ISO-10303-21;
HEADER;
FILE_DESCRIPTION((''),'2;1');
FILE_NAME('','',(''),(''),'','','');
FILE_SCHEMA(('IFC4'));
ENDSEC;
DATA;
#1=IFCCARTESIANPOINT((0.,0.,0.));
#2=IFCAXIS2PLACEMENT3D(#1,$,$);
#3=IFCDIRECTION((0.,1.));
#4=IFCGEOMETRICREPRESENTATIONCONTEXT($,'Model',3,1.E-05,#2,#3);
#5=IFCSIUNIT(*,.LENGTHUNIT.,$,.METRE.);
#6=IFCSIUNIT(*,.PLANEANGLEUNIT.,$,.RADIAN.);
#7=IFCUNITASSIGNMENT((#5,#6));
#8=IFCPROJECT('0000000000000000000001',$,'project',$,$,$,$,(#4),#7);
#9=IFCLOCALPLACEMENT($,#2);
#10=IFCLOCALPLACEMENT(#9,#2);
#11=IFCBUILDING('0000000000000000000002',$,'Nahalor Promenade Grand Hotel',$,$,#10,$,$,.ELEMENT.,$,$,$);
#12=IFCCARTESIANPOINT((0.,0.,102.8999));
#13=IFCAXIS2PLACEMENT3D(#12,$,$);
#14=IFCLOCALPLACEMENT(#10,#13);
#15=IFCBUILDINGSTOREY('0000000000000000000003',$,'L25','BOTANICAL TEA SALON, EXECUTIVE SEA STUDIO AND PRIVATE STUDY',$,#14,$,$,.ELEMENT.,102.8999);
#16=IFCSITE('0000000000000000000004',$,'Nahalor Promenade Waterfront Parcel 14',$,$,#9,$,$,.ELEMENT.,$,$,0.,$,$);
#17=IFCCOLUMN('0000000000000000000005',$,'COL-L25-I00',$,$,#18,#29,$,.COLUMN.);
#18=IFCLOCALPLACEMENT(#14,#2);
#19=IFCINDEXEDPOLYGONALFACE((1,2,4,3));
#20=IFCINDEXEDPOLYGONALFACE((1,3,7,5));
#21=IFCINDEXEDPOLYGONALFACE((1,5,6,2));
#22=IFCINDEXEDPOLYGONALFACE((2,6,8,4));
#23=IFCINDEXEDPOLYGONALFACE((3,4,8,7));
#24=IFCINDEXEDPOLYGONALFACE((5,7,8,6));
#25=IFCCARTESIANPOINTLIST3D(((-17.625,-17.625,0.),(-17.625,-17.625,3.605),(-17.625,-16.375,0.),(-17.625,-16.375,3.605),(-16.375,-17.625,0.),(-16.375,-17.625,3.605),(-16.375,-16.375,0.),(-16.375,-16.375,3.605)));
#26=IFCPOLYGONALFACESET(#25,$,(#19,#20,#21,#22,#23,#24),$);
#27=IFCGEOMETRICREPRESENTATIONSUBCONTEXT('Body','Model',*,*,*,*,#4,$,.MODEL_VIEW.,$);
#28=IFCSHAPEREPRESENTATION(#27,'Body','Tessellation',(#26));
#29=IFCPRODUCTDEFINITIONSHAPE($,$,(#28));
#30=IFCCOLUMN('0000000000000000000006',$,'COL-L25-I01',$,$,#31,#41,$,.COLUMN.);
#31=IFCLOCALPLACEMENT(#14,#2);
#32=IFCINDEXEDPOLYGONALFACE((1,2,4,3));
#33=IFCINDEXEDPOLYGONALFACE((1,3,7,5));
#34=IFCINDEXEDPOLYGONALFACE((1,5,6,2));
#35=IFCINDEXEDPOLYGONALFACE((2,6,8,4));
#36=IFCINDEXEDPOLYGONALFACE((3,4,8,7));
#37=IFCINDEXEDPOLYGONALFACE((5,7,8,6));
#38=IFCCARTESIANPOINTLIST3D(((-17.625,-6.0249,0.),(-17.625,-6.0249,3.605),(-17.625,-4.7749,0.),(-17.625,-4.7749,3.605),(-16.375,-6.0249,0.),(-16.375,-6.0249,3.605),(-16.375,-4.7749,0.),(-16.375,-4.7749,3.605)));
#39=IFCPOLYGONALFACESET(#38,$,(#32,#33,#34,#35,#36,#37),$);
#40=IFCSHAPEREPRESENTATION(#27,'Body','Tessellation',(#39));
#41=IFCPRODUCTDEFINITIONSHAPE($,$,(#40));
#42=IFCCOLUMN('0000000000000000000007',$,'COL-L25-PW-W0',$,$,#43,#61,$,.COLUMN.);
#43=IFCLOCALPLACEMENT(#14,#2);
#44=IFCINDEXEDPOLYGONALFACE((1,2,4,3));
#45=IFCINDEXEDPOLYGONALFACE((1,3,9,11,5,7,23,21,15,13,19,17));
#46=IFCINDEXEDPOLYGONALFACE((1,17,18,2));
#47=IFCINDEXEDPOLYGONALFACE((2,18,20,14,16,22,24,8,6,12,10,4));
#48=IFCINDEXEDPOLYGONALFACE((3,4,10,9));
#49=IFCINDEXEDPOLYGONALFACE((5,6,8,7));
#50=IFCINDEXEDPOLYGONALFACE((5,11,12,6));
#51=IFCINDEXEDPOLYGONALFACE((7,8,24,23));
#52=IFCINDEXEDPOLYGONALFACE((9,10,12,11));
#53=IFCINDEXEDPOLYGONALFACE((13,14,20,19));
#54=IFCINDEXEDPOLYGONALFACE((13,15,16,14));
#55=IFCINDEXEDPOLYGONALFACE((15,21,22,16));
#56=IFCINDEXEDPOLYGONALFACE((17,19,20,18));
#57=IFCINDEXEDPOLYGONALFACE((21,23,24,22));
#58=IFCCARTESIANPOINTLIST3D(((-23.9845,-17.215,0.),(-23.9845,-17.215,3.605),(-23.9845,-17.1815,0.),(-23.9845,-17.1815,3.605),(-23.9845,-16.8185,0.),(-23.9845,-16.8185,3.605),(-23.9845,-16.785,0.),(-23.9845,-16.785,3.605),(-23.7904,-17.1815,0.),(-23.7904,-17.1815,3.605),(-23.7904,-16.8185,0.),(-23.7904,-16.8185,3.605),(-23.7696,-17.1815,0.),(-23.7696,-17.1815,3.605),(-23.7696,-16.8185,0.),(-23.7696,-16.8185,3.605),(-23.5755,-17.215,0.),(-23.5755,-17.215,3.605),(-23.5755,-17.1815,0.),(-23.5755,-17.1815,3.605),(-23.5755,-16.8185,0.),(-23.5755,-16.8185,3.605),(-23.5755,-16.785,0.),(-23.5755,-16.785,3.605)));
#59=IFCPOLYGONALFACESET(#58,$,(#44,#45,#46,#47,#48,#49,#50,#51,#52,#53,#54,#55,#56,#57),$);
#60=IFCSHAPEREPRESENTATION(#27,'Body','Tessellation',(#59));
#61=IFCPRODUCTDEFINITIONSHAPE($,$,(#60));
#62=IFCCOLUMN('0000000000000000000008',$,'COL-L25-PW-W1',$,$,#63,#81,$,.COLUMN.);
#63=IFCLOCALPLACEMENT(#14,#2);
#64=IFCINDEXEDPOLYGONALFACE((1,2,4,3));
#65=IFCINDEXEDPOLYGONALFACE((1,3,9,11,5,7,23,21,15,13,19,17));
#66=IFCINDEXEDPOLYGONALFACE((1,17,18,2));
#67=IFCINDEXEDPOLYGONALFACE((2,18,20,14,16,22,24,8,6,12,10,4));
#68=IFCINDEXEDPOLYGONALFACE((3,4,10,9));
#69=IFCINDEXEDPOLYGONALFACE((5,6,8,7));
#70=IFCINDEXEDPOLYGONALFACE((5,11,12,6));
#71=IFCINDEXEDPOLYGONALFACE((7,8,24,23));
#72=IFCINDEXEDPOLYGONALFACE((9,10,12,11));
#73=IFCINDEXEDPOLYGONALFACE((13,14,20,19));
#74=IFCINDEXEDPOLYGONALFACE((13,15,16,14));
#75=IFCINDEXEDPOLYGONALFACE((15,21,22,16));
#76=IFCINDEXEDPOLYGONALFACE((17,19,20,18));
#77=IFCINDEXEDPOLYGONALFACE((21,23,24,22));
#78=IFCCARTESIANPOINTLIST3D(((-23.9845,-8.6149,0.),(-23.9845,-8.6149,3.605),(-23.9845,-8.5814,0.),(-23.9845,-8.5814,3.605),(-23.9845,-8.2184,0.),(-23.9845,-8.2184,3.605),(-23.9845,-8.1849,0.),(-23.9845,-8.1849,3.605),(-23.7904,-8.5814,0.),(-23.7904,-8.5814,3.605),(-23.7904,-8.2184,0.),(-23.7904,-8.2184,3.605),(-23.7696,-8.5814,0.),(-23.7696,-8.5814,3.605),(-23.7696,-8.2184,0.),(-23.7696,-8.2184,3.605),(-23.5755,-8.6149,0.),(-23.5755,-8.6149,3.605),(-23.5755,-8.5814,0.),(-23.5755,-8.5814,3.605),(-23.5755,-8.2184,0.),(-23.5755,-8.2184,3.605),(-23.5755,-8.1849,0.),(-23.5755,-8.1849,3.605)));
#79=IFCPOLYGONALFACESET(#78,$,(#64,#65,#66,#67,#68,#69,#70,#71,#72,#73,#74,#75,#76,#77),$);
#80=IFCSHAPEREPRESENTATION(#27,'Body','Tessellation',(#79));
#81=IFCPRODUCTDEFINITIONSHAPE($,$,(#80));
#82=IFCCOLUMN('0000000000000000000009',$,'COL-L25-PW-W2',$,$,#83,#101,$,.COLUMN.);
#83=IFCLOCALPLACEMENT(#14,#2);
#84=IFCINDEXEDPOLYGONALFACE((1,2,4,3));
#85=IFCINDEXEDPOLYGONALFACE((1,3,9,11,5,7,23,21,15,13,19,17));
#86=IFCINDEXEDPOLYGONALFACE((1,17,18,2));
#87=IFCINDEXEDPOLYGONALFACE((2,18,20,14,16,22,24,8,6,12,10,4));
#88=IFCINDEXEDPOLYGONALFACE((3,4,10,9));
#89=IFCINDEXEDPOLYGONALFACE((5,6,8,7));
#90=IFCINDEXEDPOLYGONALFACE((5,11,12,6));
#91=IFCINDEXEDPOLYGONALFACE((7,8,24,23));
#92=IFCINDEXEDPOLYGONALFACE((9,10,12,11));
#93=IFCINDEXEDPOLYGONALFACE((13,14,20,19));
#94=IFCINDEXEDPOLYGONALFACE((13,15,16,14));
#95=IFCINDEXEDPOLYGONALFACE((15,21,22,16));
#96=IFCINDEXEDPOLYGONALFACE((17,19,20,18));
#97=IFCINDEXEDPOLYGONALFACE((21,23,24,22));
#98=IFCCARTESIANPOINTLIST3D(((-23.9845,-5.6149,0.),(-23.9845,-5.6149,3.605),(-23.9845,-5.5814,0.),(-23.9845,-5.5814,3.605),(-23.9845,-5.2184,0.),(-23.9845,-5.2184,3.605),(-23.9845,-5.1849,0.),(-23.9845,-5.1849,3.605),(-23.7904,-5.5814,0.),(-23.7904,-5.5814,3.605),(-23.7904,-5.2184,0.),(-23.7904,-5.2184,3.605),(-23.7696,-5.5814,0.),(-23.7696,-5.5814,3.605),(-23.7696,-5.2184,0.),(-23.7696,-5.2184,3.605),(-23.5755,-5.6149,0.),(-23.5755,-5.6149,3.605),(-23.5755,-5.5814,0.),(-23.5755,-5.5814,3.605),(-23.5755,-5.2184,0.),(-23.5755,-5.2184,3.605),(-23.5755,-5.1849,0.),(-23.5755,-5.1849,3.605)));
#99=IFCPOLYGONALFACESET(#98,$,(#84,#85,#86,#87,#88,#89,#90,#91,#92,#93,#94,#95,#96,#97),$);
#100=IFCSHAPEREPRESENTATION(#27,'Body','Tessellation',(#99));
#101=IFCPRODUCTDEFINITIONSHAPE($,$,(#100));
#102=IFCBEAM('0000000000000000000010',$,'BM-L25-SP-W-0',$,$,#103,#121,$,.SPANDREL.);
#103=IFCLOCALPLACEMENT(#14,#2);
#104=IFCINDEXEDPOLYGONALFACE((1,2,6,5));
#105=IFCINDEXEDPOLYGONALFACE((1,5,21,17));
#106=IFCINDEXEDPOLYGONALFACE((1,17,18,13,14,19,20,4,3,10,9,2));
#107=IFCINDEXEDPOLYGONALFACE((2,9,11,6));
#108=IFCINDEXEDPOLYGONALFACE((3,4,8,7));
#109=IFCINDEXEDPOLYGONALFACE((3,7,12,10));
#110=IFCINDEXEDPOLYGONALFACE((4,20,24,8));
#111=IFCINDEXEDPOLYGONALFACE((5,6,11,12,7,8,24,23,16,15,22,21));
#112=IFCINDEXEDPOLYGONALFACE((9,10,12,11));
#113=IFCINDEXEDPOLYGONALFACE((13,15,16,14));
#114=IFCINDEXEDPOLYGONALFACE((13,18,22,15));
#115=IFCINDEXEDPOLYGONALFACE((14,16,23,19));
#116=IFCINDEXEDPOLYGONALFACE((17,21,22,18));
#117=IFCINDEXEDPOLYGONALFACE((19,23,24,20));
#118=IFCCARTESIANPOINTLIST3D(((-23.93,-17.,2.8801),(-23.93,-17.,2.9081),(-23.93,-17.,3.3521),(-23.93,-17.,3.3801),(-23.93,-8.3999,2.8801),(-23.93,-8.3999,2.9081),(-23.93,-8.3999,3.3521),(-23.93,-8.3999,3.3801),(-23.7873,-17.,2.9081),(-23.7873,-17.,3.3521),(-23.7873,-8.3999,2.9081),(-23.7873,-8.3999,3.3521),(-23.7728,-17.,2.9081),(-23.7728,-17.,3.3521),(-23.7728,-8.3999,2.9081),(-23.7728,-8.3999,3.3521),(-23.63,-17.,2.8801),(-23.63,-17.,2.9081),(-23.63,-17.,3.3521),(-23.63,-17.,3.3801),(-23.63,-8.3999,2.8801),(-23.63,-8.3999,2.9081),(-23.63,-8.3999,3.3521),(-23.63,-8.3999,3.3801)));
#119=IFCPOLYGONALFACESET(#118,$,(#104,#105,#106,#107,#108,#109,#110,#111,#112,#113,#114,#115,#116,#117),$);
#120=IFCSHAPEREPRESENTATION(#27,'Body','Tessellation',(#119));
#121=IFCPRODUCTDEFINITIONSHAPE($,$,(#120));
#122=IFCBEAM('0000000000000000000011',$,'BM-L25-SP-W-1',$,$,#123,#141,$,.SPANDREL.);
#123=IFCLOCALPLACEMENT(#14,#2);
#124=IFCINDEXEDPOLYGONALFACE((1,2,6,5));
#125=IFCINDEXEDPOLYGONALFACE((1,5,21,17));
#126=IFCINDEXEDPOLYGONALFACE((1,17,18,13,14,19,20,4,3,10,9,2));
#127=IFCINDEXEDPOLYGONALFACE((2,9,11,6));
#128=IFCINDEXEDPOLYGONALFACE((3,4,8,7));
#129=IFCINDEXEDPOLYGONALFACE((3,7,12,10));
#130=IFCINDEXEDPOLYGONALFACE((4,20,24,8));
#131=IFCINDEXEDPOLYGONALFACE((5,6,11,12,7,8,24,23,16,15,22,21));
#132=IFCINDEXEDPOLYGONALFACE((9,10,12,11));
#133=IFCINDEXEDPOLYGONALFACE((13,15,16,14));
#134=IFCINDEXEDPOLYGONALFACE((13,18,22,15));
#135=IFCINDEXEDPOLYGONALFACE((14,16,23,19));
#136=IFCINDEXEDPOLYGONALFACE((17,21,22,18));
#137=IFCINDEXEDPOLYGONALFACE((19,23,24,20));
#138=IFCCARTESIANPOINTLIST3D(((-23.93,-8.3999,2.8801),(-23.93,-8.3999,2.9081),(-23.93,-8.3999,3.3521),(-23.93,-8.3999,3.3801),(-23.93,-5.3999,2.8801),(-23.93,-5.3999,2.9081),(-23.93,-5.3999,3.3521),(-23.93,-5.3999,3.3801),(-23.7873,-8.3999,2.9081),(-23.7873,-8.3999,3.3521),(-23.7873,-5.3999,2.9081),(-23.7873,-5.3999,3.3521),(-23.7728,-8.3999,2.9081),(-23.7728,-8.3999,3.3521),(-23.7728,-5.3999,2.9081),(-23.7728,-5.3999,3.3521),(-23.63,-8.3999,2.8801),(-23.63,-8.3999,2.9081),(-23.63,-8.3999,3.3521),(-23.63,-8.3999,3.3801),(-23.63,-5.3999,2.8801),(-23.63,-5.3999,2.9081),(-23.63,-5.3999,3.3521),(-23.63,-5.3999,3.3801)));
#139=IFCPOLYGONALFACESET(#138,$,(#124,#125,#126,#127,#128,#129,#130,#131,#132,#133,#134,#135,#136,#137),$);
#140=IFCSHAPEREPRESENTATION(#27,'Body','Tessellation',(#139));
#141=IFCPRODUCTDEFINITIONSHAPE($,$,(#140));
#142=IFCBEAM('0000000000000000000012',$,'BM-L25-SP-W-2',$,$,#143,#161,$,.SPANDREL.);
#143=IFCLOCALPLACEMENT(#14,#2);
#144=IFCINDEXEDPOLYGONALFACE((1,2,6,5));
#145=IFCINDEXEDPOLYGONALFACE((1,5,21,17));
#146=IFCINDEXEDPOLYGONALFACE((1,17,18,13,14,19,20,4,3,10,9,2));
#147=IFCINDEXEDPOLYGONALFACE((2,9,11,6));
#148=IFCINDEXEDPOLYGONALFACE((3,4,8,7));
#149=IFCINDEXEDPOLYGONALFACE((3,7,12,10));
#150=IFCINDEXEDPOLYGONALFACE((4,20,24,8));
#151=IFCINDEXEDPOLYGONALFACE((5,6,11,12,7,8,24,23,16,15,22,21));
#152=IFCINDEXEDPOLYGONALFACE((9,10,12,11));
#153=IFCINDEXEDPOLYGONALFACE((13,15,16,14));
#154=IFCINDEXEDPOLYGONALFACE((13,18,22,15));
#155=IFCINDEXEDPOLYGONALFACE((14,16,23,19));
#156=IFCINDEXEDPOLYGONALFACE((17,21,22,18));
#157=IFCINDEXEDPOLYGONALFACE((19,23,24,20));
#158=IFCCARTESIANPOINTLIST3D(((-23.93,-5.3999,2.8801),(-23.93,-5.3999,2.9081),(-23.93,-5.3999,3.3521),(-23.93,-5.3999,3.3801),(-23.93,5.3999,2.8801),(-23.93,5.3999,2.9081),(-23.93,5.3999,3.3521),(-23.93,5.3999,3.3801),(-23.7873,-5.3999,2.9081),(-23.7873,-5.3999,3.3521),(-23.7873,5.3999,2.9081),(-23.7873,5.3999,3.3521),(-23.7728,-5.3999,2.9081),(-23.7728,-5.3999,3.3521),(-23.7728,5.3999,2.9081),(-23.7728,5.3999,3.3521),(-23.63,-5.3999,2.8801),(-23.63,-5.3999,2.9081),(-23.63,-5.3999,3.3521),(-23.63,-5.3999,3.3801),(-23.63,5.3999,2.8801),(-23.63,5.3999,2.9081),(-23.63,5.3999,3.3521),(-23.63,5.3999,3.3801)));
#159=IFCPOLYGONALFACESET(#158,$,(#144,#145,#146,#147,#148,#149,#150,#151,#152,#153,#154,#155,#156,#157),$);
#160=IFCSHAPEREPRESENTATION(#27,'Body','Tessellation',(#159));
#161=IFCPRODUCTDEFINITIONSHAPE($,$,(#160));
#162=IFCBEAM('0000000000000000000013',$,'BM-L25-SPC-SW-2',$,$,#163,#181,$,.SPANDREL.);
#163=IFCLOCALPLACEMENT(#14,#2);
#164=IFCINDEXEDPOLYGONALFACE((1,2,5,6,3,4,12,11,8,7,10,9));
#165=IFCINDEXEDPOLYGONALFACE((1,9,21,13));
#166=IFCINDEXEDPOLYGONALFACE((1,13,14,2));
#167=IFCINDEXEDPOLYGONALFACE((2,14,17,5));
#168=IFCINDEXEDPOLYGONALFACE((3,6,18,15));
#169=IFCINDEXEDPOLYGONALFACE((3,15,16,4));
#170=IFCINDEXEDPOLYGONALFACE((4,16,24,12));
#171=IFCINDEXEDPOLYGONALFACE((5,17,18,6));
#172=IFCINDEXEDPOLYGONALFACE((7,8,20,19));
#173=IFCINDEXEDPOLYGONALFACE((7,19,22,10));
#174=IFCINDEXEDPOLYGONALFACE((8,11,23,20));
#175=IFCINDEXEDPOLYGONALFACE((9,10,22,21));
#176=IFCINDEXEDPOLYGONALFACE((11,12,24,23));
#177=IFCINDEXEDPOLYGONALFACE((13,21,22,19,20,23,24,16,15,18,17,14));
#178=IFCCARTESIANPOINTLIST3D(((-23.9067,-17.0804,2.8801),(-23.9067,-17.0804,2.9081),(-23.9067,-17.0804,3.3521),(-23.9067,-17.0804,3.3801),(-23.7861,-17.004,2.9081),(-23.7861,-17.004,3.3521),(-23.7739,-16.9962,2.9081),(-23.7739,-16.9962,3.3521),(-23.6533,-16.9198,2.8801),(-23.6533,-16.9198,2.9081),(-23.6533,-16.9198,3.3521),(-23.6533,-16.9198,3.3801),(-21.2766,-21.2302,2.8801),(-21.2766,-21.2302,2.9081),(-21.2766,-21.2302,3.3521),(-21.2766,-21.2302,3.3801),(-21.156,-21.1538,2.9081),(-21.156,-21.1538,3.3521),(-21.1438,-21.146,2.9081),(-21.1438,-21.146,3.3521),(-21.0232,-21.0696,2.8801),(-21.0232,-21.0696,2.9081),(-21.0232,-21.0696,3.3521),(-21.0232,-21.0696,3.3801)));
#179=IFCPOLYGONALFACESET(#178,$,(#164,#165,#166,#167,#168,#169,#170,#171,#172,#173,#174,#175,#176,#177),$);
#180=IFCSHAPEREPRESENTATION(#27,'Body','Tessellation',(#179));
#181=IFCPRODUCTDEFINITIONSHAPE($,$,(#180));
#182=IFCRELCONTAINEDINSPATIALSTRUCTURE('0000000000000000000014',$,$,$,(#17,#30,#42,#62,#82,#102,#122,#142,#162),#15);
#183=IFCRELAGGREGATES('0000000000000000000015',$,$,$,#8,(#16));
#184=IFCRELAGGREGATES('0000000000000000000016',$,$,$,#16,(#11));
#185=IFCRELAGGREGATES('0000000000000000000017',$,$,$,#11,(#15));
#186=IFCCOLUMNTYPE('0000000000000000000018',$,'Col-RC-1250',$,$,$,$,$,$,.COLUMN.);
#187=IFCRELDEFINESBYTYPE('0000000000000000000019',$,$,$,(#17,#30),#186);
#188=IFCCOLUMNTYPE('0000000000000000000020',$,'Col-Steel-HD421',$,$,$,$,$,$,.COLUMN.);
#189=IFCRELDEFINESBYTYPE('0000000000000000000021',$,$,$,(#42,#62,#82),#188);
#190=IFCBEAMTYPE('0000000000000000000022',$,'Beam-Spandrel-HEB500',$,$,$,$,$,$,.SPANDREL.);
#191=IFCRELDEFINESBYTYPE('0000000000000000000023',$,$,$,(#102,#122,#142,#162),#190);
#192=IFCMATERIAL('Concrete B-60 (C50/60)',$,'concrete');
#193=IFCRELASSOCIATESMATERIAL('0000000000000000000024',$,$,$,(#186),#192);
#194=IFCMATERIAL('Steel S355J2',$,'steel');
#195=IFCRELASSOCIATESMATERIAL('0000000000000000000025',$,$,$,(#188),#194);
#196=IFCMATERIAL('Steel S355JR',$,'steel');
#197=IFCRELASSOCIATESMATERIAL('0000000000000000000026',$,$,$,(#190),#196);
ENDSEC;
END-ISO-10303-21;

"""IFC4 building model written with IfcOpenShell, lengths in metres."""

from ifc_helpers import new_model, si_unit, direction, frame, origin, origin_2d, place, context, subcontext, project, spatial, rectangle, i_section, extrude, source, transform, mapped, material, material_profile, profile_set, type_object, element, save


model = new_model("IFC4")

# Units and contexts
model_context = context("Model", 3, precision=1e-05, world=origin(), true_north=direction((0.0, 1.0)))
body_context = subcontext(model_context, "Body", "Model", "MODEL_VIEW")
ifc_project = project(units=[si_unit("LENGTHUNIT", "METRE"), si_unit("PLANEANGLEUNIT", "RADIAN")], contexts=[model_context])

# Site, building, storey
site_placement = place(None, origin())
site = spatial("IfcSite", under=ifc_project, at=site_placement, Name="Nahalor Promenade Waterfront Parcel 14", CompositionType="ELEMENT", RefElevation=0.0)
building_placement = place(site_placement, origin())
building = spatial("IfcBuilding", under=site, at=building_placement, Name="Nahalor Promenade Grand Hotel", CompositionType="ELEMENT")
storey_placement = place(building_placement, frame((0.0, 0.0, 102.8999)))
storey = spatial("IfcBuildingStorey", under=building, at=storey_placement, Name="L25", Description="BOTANICAL TEA SALON, EXECUTIVE SEA STUDIO AND PRIVATE STUDY", CompositionType="ELEMENT", Elevation=102.8999)

# Columns
ifc_material_1 = material(Name="Concrete B-60 (C50/60)", Category="concrete")
ifc_material_profile_1 = material_profile(ifc_material_1, rectangle(XDim=1.25, YDim=1.25, at=origin_2d()), Name="RC 1250x1250")
ifc_profile_set_1 = profile_set([ifc_material_profile_1], Name="Concrete B-60 (C50/60)")
column_type_1 = type_object("IfcColumnType", Name="Col-RC-1250", PredefinedType="COLUMN", material=ifc_profile_set_1)
shared_shape_1 = source(origin(), body_context, "Body", "SweptSolid", [
    extrude(rectangle(XDim=1.25, YDim=1.25, at=origin_2d()), origin(), (0.0, 0.0, 1.0), 3.605),
])
for number, where, z_axis, x_axis, name in (
    (1, (-17.0, -17.0, 0.0), (0.0, 0.0, 1.0), (1.0, 0.0, 0.0), "COL-L25-I00"),
    (2, (-17.0, -5.3999, 0.0), (0.0, 0.0, 1.0), (1.0, 0.0, 0.0), "COL-L25-I01"),
):
    element("IfcColumn", number, at=place(storey_placement, frame(where, z_axis=z_axis, x_axis=x_axis)), inside=storey, type_object=column_type_1, Name=name, PredefinedType="COLUMN", context=body_context, shape_type="MappedRepresentation", body=[
        mapped(shared_shape_1, transform((0.0, 0.0, 0.0), scale=1.0)),
    ])
ifc_material_2 = material(Name="Steel S355J2", Category="steel")
ifc_material_profile_2 = material_profile(ifc_material_2, i_section(OverallWidth=0.409, OverallDepth=0.43, WebThickness=0.0208, FlangeThickness=0.0335, at=origin_2d()), Name="HD 400x421")
ifc_profile_set_2 = profile_set([ifc_material_profile_2], Name="Steel S355J2")
column_type_2 = type_object("IfcColumnType", Name="Col-Steel-HD421", PredefinedType="COLUMN", material=ifc_profile_set_2)
shared_shape_2 = source(origin(), body_context, "Body", "SweptSolid", [
    extrude(i_section(OverallWidth=0.409, OverallDepth=0.43, WebThickness=0.0208, FlangeThickness=0.0335, at=origin_2d()), origin(), (0.0, 0.0, 1.0), 3.605),
])
for number, where, z_axis, x_axis, name in (
    (3, (-23.78, -17.0, 0.0), (0.0, 0.0, 1.0), (1.0, 0.0, 0.0), "COL-L25-PW-W0"),
    (4, (-23.78, -8.3999, 0.0), (0.0, 0.0, 1.0), (1.0, 0.0, 0.0), "COL-L25-PW-W1"),
    (5, (-23.78, -5.3999, 0.0), (0.0, 0.0, 1.0), (1.0, 0.0, 0.0), "COL-L25-PW-W2"),
):
    element("IfcColumn", number, at=place(storey_placement, frame(where, z_axis=z_axis, x_axis=x_axis)), inside=storey, type_object=column_type_2, Name=name, PredefinedType="COLUMN", context=body_context, shape_type="MappedRepresentation", body=[
        mapped(shared_shape_2, transform((0.0, 0.0, 0.0), scale=1.0)),
    ])

# Beams
ifc_material_3 = material(Name="Steel S355JR", Category="steel")
ifc_material_profile_3 = material_profile(ifc_material_3, i_section(OverallWidth=0.3, OverallDepth=0.5, WebThickness=0.0145, FlangeThickness=0.028, at=origin_2d()), Name="HEB 500")
ifc_profile_set_3 = profile_set([ifc_material_profile_3], Name="Steel S355JR")
beam_type_1 = type_object("IfcBeamType", Name="Beam-Spandrel-HEB500", PredefinedType="SPANDREL", material=ifc_profile_set_3)
shared_shape_3 = source(origin(), body_context, "Body", "SweptSolid", [
    extrude(i_section(OverallWidth=0.3, OverallDepth=0.5, WebThickness=0.0145, FlangeThickness=0.028, at=origin_2d()), origin(), (0.0, 0.0, 1.0), 8.6001),
])
beam_1_placement = place(storey_placement, frame((-23.78, -17.0, 3.1301), z_axis=(0.0, 1.0, 0.0), x_axis=(-1.0, 0.0, 0.0)))
element("IfcBeam", 6, at=beam_1_placement, inside=storey, type_object=beam_type_1, Name="BM-L25-SP-W-0", PredefinedType="SPANDREL", context=body_context, shape_type="MappedRepresentation", body=[
    mapped(shared_shape_3, transform((0.0, 0.0, 0.0), scale=1.0)),
])
shared_shape_4 = source(origin(), body_context, "Body", "SweptSolid", [
    extrude(i_section(OverallWidth=0.3, OverallDepth=0.5, WebThickness=0.0145, FlangeThickness=0.028, at=origin_2d()), origin(), (0.0, 0.0, 1.0), 3.0),
])
beam_2_placement = place(storey_placement, frame((-23.78, -8.3999, 3.1301), z_axis=(0.0, 1.0, 0.0), x_axis=(-1.0, 0.0, 0.0)))
element("IfcBeam", 7, at=beam_2_placement, inside=storey, type_object=beam_type_1, Name="BM-L25-SP-W-1", PredefinedType="SPANDREL", context=body_context, shape_type="MappedRepresentation", body=[
    mapped(shared_shape_4, transform((0.0, 0.0, 0.0), scale=1.0)),
])
shared_shape_5 = source(origin(), body_context, "Body", "SweptSolid", [
    extrude(i_section(OverallWidth=0.3, OverallDepth=0.5, WebThickness=0.0145, FlangeThickness=0.028, at=origin_2d()), origin(), (0.0, 0.0, 1.0), 10.7998),
])
beam_3_placement = place(storey_placement, frame((-23.78, -5.3999, 3.1301), z_axis=(0.0, 1.0, 0.0), x_axis=(-1.0, 0.0, 0.0)))
element("IfcBeam", 8, at=beam_3_placement, inside=storey, type_object=beam_type_1, Name="BM-L25-SP-W-2", PredefinedType="SPANDREL", context=body_context, shape_type="MappedRepresentation", body=[
    mapped(shared_shape_5, transform((0.0, 0.0, 0.0), scale=1.0)),
])
shared_shape_6 = source(origin(), body_context, "Body", "SweptSolid", [
    extrude(i_section(OverallWidth=0.3, OverallDepth=0.5, WebThickness=0.0145, FlangeThickness=0.028, at=origin_2d()), origin(), (0.0, 0.0, 1.0), 4.9131),
])
beam_4_placement = place(storey_placement, frame((-21.1499, -21.1499, 3.1301), z_axis=(-0.535322, 0.844648, 0.0), x_axis=(-0.844648, -0.535322, 0.0)))
element("IfcBeam", 9, at=beam_4_placement, inside=storey, type_object=beam_type_1, Name="BM-L25-SPC-SW-2", PredefinedType="SPANDREL", context=body_context, shape_type="MappedRepresentation", body=[
    mapped(shared_shape_6, transform((0.0, 0.0, 0.0), scale=1.0)),
])

save(model, "model.ifc")
